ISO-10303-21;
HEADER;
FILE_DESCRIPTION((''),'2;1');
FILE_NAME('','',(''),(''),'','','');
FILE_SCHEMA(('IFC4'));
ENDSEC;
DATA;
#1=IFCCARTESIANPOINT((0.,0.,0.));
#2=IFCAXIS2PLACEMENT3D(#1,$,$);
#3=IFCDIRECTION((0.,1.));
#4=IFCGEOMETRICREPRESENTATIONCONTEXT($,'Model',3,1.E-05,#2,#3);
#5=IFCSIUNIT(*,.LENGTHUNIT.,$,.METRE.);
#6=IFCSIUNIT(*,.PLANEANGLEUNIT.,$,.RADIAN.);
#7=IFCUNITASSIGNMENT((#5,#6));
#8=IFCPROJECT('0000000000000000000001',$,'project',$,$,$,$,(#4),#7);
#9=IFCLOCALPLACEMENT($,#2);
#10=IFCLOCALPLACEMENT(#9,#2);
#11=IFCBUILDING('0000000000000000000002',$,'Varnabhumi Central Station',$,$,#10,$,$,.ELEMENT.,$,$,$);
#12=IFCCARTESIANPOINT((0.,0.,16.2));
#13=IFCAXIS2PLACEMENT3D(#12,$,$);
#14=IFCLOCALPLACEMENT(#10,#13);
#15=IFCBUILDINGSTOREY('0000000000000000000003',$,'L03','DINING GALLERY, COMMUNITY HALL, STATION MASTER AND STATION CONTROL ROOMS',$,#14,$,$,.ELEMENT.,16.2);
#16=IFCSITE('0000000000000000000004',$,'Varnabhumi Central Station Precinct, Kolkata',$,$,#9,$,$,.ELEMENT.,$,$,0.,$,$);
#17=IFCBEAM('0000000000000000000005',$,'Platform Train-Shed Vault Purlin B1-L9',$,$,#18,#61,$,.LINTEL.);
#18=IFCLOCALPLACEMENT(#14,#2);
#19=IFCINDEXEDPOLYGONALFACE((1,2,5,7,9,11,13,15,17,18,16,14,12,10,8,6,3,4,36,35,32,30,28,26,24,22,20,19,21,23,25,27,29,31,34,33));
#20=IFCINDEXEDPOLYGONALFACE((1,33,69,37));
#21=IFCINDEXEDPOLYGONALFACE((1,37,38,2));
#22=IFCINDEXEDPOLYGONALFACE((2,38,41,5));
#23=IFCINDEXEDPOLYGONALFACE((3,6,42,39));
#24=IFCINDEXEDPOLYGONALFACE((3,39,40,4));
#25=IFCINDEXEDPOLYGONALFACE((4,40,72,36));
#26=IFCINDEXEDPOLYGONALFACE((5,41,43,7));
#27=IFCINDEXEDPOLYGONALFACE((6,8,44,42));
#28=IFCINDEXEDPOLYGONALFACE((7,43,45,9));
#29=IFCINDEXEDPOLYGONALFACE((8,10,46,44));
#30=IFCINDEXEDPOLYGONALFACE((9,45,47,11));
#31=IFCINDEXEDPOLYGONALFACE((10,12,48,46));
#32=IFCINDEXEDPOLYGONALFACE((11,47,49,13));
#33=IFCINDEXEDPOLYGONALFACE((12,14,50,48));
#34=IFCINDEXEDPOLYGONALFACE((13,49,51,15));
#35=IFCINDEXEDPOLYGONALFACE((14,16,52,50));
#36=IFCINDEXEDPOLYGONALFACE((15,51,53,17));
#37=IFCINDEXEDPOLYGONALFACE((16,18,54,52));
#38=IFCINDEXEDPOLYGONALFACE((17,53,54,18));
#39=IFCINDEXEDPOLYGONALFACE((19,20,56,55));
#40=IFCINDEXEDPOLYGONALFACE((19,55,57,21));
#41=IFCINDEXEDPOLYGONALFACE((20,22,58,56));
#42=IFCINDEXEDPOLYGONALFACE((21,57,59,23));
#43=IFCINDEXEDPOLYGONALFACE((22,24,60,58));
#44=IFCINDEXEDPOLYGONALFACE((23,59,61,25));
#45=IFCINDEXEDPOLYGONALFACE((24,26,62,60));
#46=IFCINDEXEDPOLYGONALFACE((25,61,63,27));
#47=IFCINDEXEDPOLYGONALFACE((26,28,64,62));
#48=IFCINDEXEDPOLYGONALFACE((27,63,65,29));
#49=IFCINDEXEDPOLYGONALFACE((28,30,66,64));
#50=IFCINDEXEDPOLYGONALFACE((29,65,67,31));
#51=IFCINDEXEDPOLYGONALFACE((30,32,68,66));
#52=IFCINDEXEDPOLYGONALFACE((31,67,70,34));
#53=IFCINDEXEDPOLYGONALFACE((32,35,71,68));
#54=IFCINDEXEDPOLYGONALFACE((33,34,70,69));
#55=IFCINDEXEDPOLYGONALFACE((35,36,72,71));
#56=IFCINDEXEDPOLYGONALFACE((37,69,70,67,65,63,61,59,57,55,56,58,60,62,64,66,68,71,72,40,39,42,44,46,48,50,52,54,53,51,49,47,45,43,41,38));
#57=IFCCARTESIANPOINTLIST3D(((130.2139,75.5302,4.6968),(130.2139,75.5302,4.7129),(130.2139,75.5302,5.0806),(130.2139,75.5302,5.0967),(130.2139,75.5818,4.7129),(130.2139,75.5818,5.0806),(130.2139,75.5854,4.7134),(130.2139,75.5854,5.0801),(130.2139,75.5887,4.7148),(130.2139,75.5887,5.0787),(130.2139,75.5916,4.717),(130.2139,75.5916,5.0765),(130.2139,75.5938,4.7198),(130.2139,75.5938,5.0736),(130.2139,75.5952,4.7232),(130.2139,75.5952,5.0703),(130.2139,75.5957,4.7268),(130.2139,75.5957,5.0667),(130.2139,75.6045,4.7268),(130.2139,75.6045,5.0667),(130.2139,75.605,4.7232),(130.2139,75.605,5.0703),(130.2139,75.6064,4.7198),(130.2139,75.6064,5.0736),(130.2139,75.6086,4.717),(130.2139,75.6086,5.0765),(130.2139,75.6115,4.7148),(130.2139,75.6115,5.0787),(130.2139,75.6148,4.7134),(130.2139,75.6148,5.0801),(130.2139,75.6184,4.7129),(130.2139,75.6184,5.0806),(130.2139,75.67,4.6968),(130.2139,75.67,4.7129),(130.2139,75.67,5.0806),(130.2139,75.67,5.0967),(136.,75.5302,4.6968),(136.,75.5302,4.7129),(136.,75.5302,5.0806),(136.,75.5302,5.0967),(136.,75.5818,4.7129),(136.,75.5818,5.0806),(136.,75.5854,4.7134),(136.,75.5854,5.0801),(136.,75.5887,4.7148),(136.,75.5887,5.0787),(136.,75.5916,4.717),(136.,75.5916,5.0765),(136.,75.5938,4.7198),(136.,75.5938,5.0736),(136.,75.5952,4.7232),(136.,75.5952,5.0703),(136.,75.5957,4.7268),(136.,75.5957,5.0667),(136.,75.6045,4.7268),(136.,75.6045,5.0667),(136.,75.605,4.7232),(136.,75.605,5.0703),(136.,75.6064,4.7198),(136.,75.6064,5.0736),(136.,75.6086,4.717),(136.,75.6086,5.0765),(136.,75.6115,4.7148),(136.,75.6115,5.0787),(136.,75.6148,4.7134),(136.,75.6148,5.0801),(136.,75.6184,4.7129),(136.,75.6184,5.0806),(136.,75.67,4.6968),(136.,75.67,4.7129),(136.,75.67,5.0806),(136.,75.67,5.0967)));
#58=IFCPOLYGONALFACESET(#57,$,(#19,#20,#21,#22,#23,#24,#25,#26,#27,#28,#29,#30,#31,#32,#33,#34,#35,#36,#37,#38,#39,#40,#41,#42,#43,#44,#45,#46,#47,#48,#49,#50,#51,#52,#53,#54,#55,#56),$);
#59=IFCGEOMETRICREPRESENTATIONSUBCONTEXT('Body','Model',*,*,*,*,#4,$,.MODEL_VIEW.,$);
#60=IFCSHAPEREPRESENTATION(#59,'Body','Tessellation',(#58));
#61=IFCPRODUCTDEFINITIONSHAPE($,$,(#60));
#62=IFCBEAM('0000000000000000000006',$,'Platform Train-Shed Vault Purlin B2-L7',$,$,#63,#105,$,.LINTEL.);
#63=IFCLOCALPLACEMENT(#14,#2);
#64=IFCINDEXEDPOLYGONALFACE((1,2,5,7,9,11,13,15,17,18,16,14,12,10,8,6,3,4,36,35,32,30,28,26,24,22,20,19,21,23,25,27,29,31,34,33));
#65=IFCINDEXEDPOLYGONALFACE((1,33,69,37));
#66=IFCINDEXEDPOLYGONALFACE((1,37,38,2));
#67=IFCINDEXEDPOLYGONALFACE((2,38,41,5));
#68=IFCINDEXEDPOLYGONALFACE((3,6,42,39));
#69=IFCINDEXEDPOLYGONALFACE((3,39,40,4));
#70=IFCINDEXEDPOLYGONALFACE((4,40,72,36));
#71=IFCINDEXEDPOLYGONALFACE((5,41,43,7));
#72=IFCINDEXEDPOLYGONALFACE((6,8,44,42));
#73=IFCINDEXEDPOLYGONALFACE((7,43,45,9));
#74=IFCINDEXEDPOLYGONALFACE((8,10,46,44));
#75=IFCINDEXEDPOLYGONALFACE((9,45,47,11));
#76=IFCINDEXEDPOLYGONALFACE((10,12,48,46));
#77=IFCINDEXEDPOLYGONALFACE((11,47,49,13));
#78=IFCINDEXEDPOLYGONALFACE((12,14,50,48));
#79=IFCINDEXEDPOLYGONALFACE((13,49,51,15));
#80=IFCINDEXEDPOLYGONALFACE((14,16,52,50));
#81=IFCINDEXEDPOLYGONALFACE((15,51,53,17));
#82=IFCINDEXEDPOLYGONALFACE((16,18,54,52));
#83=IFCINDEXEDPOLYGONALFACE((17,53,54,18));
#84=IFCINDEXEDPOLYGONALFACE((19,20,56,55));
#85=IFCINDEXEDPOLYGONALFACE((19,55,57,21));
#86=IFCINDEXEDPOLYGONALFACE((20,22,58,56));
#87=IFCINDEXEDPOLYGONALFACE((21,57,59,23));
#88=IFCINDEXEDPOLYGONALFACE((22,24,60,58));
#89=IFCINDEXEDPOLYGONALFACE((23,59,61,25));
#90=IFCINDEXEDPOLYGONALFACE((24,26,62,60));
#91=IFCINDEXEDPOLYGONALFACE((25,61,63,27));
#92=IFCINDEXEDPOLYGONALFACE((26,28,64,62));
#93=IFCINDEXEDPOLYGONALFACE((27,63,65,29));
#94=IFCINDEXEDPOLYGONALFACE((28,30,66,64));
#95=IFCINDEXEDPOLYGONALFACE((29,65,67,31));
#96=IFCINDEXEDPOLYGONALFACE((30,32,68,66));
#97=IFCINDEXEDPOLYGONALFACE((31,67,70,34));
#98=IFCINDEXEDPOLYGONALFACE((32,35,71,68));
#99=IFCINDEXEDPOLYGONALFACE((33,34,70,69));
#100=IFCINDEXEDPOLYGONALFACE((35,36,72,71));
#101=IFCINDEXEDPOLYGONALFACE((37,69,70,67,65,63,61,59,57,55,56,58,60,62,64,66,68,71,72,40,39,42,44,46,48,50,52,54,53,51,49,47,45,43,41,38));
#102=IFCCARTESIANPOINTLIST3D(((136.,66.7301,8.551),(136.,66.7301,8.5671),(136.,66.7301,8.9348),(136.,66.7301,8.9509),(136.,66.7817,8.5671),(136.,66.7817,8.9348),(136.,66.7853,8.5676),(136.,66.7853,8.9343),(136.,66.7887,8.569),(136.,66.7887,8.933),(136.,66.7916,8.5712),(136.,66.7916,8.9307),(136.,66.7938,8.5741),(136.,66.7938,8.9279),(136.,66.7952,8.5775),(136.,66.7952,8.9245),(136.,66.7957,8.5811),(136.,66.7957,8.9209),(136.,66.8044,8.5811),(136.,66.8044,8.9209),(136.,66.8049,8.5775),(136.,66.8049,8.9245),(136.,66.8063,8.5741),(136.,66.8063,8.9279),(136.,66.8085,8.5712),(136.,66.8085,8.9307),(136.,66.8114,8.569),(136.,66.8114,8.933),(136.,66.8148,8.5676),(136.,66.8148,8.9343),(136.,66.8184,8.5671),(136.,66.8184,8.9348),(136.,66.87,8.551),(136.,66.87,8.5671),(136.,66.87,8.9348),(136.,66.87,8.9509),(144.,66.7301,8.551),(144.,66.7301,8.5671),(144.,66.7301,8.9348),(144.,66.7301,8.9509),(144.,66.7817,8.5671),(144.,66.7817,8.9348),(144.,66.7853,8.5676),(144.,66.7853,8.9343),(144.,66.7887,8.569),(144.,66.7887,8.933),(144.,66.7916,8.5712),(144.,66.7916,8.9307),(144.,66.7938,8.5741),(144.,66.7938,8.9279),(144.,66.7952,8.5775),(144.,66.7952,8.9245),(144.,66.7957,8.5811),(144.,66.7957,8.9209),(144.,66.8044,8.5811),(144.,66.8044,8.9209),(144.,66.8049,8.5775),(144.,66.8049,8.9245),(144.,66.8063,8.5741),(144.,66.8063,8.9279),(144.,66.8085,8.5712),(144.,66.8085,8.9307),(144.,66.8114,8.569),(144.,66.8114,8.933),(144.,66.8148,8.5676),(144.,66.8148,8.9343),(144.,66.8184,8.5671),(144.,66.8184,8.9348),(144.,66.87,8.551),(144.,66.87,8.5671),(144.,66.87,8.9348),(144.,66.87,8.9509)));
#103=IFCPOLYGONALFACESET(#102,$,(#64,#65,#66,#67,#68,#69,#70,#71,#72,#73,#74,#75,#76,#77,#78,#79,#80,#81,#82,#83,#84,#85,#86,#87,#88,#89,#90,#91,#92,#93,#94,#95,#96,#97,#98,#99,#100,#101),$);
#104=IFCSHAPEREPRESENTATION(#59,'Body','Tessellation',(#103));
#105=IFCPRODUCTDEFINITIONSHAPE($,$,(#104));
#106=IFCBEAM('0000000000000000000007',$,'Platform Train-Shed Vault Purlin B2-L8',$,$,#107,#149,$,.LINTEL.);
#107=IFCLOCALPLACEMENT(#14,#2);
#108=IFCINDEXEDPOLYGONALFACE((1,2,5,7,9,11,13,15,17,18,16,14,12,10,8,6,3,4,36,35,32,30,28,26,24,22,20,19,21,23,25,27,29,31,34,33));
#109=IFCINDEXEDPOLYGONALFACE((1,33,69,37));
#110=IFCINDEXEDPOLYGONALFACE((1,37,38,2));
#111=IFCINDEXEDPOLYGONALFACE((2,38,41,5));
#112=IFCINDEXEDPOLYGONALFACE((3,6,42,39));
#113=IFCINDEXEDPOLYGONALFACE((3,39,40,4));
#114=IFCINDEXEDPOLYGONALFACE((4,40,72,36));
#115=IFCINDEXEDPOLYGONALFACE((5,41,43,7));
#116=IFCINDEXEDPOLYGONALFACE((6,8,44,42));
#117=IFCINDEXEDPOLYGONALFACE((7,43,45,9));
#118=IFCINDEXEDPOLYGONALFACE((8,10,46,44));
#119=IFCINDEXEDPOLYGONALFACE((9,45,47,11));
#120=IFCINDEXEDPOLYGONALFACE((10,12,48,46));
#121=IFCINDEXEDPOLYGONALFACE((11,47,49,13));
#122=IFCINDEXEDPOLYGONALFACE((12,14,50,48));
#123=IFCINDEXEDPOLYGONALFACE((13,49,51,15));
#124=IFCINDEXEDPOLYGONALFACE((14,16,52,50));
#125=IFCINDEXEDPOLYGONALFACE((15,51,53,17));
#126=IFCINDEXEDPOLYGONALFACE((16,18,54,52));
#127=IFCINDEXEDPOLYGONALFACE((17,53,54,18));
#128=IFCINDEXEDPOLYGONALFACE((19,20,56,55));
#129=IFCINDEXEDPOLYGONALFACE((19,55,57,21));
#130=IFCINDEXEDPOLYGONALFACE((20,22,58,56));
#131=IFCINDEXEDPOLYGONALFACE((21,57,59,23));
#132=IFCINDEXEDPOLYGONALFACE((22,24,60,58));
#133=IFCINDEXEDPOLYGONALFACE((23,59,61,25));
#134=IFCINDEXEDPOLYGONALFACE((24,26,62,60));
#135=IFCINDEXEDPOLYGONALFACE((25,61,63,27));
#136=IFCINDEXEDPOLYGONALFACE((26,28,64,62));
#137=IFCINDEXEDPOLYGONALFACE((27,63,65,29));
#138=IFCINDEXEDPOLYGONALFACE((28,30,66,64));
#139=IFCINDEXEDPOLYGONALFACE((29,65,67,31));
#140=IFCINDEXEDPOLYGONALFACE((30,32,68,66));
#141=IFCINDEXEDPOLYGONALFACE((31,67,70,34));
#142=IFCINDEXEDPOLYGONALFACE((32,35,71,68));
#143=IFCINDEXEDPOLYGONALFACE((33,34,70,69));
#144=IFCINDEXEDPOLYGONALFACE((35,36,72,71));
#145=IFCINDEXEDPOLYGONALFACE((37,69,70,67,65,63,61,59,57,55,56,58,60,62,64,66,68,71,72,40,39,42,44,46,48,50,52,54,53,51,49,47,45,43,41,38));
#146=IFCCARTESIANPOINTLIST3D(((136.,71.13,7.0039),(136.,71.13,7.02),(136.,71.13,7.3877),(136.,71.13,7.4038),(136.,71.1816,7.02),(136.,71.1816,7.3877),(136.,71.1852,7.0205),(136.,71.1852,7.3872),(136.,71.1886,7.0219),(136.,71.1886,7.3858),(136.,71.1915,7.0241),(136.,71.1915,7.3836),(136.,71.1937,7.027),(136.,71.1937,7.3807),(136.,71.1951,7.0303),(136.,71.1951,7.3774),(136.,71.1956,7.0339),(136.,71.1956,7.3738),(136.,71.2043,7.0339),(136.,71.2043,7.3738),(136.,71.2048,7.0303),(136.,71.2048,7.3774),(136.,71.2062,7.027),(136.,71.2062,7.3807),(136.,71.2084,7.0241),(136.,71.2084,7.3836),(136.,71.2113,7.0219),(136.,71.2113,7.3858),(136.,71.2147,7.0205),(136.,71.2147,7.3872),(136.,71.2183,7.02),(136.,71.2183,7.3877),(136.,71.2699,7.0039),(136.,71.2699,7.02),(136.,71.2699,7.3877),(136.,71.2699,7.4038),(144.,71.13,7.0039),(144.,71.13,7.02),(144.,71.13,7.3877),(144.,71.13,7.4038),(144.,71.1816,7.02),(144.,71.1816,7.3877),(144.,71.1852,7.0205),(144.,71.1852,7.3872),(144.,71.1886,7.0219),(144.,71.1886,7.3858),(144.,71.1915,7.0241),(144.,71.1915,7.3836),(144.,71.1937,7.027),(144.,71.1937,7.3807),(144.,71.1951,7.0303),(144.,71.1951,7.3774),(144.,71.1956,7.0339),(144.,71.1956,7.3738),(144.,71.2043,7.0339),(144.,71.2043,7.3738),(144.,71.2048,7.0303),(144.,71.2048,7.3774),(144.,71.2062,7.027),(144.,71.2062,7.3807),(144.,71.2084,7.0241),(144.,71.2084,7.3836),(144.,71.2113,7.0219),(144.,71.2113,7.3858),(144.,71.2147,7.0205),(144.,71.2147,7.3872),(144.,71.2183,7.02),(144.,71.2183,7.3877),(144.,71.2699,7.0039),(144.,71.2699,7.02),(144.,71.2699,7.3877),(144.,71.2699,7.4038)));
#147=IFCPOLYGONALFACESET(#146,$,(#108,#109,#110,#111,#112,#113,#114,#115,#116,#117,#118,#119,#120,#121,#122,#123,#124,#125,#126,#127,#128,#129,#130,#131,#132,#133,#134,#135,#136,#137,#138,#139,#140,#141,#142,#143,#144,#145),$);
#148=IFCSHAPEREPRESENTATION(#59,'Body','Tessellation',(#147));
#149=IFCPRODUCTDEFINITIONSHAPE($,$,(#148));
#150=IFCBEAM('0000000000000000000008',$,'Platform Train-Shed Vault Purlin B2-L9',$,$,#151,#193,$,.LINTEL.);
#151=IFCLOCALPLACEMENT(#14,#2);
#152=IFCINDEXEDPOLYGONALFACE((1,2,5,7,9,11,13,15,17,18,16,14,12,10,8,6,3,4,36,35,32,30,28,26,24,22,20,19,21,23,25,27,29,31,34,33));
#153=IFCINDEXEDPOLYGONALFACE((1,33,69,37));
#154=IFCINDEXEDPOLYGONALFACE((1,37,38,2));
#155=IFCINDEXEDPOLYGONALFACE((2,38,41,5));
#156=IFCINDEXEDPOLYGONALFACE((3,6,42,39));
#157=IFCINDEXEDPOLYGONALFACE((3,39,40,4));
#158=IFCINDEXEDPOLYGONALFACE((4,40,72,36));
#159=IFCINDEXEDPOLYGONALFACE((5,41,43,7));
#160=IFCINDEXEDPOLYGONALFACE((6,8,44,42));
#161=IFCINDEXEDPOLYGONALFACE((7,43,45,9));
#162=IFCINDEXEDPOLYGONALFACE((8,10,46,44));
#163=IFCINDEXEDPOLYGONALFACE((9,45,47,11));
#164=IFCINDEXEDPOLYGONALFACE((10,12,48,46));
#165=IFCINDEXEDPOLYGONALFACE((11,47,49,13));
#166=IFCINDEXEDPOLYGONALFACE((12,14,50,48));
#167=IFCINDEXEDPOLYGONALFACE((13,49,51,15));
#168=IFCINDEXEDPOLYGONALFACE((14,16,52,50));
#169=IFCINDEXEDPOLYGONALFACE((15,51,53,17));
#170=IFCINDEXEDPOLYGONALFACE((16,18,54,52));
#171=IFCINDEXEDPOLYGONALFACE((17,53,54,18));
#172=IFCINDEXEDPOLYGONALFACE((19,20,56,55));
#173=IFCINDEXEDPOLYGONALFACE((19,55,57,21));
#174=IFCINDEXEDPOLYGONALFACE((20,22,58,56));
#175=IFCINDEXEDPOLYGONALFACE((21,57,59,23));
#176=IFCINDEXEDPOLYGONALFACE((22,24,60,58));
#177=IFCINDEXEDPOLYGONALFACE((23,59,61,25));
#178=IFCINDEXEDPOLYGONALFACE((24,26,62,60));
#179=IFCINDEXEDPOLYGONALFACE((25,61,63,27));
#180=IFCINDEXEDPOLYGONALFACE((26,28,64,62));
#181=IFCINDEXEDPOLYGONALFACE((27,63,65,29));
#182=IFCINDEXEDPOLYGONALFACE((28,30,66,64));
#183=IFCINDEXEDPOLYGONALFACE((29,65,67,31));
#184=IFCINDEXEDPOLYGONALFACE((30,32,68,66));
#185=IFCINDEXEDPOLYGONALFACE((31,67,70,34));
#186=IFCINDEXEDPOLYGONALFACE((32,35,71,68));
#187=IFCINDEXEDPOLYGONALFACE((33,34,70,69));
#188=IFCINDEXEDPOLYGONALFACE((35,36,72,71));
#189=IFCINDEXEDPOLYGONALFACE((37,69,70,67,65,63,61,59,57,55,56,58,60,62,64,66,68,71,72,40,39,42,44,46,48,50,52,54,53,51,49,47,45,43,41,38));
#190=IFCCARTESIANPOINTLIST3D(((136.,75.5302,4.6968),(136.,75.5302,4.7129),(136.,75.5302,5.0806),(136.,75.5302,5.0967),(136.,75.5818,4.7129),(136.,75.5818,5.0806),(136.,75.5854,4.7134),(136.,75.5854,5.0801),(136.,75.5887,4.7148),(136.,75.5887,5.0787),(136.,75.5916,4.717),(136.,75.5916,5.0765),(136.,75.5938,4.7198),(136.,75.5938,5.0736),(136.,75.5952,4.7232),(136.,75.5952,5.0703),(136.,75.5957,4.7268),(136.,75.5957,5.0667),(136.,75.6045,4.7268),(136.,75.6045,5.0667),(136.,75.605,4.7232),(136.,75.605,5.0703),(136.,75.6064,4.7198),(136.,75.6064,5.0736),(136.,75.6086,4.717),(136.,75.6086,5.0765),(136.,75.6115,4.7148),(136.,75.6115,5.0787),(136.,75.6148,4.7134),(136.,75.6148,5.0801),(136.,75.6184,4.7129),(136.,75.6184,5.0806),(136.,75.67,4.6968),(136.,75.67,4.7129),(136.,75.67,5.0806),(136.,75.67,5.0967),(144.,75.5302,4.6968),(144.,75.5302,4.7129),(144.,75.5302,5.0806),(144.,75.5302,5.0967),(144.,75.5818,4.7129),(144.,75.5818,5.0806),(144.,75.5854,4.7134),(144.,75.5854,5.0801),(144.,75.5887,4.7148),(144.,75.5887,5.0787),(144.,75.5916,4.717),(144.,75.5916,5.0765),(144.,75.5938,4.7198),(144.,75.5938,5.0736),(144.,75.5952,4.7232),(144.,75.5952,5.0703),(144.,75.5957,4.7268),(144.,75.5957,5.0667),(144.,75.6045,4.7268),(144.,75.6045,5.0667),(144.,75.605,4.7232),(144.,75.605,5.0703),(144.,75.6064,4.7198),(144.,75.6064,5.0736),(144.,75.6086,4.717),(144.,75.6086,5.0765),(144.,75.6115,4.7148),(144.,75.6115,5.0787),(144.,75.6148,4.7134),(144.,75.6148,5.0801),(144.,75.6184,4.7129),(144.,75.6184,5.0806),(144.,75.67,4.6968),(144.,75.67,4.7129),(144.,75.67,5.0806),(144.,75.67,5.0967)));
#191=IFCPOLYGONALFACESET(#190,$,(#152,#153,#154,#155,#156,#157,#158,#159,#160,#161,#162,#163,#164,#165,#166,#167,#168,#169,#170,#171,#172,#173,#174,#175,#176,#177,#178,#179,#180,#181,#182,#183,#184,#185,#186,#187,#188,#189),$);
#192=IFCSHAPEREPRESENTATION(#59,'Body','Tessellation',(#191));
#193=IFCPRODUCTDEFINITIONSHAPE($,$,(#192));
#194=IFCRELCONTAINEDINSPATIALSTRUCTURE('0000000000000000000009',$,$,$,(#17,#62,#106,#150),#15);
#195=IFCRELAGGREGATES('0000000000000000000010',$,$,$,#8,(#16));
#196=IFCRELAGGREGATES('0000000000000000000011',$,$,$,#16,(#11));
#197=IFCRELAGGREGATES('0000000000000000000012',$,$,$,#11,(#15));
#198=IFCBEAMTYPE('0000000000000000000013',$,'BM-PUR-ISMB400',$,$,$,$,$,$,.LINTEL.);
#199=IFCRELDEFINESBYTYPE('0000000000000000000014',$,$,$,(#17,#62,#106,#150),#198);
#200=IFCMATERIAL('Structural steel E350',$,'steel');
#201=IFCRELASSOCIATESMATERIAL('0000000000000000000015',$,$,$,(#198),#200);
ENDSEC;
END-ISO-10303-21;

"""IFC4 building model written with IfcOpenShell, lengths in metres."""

from ifc_helpers import new_model, si_unit, direction, frame, origin, origin_2d, place, context, subcontext, project, spatial, i_section, extrude, material, material_profile, profile_set, type_object, element, save


model = new_model("IFC4")

# Units and contexts
model_context = context("Model", 3, precision=1e-05, world=origin(), true_north=direction((0.0, 1.0)))
body_context = subcontext(model_context, "Body", "Model", "MODEL_VIEW")
ifc_project = project(units=[si_unit("LENGTHUNIT", "METRE"), si_unit("PLANEANGLEUNIT", "RADIAN")], contexts=[model_context])

# Site, building, storey
site_placement = place(None, origin())
site = spatial("IfcSite", under=ifc_project, at=site_placement, Name="Varnabhumi Central Station Precinct, Kolkata", CompositionType="ELEMENT", RefElevation=0.0)
building_placement = place(site_placement, origin())
building = spatial("IfcBuilding", under=site, at=building_placement, Name="Varnabhumi Central Station", CompositionType="ELEMENT")
storey_placement = place(building_placement, frame((0.0, 0.0, 16.2)))
storey = spatial("IfcBuildingStorey", under=building, at=storey_placement, Name="L03", Description="DINING GALLERY, COMMUNITY HALL, STATION MASTER AND STATION CONTROL ROOMS", CompositionType="ELEMENT", Elevation=16.2)

# Beams
ifc_material_1 = material(Name="Structural steel E350", Category="steel")
ifc_material_profile_1 = material_profile(ifc_material_1, i_section(OverallWidth=0.1399, OverallDepth=0.3999, WebThickness=0.0088, FlangeThickness=0.0161, FilletRadius=0.0139, at=origin_2d()), Name="Structural steel E350", Category="steel")
ifc_profile_set_1 = profile_set([ifc_material_profile_1], Name="Structural steel E350")
beam_type_1 = type_object("IfcBeamType", Name="BM-PUR-ISMB400", PredefinedType="LINTEL", material=ifc_profile_set_1)
beam_1_placement = place(storey_placement, frame((130.2139, 75.6001, 4.8967), z_axis=(1.0, 0.0, 0.0), x_axis=(0.0, 1.0, 0.0)))
element("IfcBeam", 1, at=beam_1_placement, inside=storey, type_object=beam_type_1, Name="Platform Train-Shed Vault Purlin B1-L9", PredefinedType="LINTEL", context=body_context, shape_type="SweptSolid", body=[
    extrude(i_section(OverallWidth=0.1399, OverallDepth=0.3999, WebThickness=0.0088, FlangeThickness=0.0161, FilletRadius=0.0139, at=origin_2d()), origin(), (0.0, 0.0, 1.0), 5.7861),
])
for number, where, z_axis, x_axis, name in (
    (2, (136.0, 66.8, 8.751), (1.0, 0.0, 0.0), (0.0, 1.0, 0.0), "Platform Train-Shed Vault Purlin B2-L7"),
    (3, (136.0, 71.2, 7.2039), (1.0, 0.0, 0.0), (0.0, 1.0, 0.0), "Platform Train-Shed Vault Purlin B2-L8"),
    (4, (136.0, 75.6001, 4.8967), (1.0, 0.0, 0.0), (0.0, 1.0, 0.0), "Platform Train-Shed Vault Purlin B2-L9"),
):
    element("IfcBeam", number, at=place(storey_placement, frame(where, z_axis=z_axis, x_axis=x_axis)), inside=storey, type_object=beam_type_1, Name=name, PredefinedType="LINTEL", context=body_context, shape_type="SweptSolid", body=[
        extrude(i_section(OverallWidth=0.1399, OverallDepth=0.3999, WebThickness=0.0088, FlangeThickness=0.0161, FilletRadius=0.0139, at=origin_2d()), origin(), (0.0, 0.0, 1.0), 8.0),
    ])

save(model, "model.ifc")
